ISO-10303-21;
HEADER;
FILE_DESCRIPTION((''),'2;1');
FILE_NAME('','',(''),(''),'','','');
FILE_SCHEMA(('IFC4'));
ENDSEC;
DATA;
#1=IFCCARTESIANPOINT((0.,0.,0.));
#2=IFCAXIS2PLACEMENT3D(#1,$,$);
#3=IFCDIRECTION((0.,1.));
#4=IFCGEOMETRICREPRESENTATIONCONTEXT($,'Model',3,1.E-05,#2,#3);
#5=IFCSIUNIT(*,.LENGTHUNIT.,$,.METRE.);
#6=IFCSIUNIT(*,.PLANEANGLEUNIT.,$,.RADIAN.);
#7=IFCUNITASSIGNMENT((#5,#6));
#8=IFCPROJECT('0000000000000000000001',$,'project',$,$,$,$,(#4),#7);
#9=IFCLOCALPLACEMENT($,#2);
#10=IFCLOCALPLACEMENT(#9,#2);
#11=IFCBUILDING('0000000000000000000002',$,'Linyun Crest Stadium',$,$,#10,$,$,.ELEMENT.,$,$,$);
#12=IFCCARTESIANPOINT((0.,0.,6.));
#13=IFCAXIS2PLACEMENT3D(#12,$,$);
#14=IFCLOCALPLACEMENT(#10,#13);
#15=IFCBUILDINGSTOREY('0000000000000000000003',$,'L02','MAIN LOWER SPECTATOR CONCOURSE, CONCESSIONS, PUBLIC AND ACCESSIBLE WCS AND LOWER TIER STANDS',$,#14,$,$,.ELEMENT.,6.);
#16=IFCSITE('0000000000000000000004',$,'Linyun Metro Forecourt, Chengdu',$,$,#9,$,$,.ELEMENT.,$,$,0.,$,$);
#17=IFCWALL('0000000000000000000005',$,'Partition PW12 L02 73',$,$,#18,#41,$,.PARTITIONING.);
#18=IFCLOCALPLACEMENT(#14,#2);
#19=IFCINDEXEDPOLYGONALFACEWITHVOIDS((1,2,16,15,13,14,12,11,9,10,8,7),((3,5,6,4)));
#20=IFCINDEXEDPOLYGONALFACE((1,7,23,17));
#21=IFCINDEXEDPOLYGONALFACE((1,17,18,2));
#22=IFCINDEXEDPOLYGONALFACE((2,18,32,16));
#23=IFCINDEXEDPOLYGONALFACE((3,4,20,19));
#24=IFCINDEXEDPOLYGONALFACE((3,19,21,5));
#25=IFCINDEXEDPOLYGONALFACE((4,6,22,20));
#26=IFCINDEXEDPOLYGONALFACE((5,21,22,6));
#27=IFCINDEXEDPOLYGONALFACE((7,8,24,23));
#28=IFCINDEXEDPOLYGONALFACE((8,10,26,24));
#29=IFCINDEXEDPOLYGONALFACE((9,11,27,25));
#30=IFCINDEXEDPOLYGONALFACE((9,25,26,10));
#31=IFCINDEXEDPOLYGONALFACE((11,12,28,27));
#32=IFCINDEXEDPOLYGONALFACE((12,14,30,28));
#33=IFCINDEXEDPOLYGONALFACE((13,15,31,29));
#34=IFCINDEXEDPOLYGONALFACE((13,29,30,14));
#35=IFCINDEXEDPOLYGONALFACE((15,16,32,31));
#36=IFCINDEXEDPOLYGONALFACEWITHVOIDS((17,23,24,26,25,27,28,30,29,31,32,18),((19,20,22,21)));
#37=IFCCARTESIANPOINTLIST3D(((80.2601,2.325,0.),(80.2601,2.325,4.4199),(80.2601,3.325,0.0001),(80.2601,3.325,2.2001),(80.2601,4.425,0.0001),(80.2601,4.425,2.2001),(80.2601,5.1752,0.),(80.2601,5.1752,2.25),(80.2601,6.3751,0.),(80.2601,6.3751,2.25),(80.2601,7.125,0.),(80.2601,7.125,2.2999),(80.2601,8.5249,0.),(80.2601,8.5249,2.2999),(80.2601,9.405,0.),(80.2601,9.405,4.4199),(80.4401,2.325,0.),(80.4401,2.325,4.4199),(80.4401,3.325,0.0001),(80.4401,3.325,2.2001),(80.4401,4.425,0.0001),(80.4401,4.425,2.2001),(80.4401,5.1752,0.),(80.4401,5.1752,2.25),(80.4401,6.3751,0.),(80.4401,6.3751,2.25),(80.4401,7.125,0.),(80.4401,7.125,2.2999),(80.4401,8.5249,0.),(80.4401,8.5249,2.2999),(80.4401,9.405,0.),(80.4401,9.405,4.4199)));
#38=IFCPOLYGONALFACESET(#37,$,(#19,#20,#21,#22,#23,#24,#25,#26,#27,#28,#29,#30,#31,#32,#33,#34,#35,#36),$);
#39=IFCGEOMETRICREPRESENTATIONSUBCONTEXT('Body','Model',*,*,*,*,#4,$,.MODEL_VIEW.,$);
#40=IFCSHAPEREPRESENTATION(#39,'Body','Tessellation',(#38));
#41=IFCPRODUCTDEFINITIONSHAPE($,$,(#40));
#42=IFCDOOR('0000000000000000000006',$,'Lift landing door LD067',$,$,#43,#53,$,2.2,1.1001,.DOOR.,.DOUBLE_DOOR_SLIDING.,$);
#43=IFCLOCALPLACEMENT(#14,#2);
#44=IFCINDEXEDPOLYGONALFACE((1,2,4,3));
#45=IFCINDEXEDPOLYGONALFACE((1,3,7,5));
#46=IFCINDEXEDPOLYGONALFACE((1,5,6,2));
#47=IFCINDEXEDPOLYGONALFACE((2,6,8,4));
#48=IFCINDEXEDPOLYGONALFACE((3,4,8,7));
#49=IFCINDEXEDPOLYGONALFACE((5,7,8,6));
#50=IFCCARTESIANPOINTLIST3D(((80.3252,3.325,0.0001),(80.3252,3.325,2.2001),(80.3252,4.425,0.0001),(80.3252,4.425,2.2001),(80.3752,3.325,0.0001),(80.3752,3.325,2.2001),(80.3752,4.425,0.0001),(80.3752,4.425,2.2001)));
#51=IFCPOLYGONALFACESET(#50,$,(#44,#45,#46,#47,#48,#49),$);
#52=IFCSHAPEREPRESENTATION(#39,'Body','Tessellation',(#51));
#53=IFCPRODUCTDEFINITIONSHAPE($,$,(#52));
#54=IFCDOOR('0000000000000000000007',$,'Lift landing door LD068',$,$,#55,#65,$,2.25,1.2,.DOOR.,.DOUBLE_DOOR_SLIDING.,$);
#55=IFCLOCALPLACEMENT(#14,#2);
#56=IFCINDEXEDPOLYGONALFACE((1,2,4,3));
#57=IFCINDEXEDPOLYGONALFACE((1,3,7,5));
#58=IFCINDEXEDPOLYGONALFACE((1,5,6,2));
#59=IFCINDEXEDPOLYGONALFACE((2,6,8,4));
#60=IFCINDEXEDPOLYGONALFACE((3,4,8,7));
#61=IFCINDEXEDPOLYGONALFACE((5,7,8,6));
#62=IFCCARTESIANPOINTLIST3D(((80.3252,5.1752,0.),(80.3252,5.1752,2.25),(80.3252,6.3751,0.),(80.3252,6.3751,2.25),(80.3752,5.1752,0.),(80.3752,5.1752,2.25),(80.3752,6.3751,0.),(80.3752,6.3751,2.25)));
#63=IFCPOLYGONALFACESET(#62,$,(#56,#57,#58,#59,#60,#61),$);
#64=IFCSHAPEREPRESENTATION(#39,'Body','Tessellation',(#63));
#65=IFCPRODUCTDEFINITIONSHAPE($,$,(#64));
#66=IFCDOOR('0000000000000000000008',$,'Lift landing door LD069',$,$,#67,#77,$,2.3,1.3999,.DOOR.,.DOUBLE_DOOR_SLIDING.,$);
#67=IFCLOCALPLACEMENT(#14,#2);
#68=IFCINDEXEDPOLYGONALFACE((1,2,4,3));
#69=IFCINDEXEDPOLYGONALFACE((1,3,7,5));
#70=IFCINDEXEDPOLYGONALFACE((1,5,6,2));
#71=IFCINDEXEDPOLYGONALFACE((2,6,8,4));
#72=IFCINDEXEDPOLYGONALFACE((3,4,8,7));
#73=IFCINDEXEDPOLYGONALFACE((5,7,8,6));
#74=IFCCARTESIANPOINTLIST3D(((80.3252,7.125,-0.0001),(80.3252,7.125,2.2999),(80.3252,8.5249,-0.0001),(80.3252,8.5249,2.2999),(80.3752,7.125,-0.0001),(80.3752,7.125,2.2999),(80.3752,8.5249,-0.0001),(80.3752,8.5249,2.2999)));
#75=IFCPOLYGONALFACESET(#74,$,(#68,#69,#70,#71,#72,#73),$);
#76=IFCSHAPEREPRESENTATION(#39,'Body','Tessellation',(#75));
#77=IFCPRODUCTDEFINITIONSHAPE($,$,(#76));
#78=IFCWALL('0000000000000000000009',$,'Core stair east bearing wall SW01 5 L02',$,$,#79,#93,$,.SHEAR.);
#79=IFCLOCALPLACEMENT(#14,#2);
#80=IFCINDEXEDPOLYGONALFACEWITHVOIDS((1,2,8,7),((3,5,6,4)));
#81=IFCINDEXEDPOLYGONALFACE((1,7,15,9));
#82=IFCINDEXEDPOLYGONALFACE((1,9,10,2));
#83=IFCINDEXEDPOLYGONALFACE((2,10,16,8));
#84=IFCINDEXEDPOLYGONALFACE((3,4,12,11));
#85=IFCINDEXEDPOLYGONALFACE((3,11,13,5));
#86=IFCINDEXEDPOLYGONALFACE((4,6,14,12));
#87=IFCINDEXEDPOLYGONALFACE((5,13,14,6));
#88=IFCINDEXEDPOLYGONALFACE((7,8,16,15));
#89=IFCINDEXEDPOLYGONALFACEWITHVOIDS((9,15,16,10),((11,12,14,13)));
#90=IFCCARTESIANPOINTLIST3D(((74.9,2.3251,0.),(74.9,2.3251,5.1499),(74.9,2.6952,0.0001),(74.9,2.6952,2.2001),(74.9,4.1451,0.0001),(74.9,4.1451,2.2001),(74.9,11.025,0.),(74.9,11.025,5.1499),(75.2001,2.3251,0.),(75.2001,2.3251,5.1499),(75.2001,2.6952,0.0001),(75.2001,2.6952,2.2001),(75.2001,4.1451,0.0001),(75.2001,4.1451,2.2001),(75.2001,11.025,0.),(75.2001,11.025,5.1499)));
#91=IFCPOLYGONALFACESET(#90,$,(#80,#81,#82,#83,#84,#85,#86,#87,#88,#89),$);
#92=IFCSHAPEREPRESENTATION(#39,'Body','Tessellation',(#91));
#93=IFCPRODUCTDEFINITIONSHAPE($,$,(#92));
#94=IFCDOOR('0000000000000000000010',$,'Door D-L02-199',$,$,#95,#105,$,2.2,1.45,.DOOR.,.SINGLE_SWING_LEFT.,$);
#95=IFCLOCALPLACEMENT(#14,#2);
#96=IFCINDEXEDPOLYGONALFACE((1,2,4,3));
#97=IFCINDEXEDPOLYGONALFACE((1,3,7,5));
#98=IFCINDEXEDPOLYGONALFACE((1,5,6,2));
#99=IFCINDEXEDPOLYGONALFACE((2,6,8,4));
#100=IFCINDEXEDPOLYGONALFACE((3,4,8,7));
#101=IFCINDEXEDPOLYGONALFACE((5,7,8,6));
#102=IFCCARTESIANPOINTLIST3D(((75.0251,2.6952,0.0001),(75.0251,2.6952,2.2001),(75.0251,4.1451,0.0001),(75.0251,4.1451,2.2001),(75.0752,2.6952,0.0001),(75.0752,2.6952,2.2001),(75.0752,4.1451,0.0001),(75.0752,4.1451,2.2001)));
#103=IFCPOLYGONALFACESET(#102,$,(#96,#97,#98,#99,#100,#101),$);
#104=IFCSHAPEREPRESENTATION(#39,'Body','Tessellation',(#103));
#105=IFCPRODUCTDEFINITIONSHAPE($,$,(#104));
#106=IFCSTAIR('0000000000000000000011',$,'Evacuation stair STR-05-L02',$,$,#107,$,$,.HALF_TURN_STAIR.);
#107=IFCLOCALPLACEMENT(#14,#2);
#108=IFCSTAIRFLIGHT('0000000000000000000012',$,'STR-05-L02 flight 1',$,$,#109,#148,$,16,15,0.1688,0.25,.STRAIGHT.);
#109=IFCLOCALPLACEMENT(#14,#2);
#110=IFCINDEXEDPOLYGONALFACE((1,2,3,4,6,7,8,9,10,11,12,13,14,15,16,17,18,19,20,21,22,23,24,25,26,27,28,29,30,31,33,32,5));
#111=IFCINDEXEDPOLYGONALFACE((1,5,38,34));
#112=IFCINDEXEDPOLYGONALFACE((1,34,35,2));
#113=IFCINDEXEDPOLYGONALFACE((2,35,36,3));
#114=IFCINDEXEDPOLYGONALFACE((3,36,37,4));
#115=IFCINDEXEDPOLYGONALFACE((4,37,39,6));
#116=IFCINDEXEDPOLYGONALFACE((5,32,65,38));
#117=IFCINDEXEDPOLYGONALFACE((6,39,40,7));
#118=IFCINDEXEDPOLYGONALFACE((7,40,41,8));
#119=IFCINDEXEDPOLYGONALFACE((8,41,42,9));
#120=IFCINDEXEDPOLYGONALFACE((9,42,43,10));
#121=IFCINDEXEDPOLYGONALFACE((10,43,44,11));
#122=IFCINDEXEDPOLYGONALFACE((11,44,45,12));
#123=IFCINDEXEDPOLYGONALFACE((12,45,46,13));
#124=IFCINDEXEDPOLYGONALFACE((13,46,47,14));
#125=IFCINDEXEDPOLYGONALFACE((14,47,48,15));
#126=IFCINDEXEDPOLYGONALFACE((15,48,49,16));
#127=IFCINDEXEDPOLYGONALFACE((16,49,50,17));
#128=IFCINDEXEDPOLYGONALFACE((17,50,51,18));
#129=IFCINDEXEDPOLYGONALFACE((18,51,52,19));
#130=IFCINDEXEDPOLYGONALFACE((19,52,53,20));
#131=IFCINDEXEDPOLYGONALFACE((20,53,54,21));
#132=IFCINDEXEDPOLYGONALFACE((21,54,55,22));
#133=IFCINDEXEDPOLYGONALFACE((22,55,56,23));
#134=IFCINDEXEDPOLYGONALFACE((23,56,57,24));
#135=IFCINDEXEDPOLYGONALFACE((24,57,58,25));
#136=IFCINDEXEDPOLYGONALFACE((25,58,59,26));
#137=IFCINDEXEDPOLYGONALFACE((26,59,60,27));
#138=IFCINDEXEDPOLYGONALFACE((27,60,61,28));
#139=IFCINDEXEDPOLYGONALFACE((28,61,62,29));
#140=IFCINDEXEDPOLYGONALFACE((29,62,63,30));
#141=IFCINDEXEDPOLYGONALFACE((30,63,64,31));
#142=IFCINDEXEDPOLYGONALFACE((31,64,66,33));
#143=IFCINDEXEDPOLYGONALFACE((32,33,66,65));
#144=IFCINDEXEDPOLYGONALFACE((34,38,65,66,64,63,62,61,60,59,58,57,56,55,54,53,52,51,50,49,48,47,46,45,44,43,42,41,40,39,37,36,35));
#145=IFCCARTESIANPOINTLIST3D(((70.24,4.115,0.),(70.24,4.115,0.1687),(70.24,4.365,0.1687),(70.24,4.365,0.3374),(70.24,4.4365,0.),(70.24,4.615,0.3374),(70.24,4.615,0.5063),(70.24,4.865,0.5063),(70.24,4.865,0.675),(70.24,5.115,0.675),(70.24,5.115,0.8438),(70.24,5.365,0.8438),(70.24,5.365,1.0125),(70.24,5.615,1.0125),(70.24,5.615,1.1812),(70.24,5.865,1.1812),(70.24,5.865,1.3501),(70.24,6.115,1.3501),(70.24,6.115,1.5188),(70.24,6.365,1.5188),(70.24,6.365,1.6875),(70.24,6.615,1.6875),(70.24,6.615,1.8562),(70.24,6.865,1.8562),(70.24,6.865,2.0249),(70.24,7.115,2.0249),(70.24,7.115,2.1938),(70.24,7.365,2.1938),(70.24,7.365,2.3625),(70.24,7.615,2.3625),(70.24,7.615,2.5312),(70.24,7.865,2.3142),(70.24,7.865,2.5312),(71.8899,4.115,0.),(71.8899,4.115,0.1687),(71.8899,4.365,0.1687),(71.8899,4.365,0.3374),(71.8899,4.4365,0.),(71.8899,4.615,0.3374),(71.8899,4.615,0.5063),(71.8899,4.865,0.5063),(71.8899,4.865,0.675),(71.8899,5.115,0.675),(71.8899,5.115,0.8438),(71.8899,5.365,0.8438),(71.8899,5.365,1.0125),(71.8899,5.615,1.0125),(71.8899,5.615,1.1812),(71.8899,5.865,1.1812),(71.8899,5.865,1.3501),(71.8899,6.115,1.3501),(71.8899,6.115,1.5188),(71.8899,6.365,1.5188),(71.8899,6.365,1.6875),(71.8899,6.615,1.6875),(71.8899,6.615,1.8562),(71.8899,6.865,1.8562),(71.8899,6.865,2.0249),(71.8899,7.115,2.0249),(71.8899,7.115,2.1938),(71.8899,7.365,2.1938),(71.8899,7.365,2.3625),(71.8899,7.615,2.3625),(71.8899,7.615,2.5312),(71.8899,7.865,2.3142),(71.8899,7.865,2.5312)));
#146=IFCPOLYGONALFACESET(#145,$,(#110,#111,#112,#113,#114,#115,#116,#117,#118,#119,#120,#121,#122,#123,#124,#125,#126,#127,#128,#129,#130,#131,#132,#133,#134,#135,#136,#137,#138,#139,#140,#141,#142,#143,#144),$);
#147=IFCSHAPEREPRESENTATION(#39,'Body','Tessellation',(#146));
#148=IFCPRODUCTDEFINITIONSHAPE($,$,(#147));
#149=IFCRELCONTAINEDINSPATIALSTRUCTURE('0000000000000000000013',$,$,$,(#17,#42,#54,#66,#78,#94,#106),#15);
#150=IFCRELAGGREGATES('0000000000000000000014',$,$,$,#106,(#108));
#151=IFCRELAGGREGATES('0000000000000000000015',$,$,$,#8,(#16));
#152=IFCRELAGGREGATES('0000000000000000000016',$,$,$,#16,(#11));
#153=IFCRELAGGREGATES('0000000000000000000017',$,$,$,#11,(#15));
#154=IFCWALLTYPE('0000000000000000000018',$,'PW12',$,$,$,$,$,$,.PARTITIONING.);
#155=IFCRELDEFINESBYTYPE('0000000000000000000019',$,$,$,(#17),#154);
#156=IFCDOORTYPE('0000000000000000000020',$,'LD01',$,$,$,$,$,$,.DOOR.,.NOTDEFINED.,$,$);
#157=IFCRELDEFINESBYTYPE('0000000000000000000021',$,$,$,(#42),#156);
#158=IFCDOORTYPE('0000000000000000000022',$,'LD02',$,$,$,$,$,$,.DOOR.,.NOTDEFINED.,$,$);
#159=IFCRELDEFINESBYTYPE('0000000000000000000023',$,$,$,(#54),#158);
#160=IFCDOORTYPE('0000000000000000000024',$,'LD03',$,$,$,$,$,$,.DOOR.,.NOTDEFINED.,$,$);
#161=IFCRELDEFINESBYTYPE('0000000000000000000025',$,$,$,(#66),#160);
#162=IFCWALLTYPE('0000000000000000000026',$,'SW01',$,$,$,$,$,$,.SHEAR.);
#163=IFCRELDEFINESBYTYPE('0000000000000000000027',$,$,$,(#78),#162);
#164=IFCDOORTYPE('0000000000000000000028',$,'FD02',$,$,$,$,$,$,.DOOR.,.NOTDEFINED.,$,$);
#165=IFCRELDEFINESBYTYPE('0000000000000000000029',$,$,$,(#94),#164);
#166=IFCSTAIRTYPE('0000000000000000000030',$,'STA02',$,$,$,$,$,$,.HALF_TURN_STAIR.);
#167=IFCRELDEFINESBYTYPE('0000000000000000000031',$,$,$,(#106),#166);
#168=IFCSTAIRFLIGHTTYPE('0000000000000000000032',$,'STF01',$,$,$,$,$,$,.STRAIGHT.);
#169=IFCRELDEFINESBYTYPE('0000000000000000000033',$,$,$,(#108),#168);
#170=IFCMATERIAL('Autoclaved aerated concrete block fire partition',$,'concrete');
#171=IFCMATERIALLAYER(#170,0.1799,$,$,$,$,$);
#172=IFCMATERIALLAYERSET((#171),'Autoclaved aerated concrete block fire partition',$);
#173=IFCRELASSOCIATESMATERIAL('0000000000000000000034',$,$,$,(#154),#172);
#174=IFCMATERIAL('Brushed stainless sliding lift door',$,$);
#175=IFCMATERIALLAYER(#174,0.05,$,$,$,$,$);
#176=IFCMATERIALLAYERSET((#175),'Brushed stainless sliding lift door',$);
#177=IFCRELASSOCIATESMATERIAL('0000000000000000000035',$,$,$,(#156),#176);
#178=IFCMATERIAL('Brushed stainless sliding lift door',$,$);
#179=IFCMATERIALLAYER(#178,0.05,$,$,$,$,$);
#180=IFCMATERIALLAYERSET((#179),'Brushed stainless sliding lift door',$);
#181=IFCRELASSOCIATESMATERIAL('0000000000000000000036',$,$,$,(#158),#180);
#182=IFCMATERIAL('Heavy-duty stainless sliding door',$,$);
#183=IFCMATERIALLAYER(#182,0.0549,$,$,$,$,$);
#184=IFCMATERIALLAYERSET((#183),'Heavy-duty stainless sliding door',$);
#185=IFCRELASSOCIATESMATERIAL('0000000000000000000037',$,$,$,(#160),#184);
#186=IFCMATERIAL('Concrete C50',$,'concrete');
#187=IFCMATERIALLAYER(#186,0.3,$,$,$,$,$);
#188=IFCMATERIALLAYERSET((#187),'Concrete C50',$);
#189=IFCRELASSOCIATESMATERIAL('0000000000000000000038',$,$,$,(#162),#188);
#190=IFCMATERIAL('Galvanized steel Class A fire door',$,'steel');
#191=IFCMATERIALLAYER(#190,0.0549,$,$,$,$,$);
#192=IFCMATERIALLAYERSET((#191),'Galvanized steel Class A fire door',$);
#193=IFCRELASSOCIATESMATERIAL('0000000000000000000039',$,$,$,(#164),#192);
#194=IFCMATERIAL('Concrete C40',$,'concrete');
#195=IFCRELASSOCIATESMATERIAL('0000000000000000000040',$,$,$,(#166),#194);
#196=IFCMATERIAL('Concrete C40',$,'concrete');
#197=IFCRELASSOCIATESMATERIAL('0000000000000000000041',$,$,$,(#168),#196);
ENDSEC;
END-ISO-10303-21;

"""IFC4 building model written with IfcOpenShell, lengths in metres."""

from ifc_helpers import new_model, si_unit, direction, frame, frame_2d, origin, place, context, subcontext, project, spatial, polyline, rectangle, outline, extrude, material, layer, layer_set, type_object, element, fill, aggregate, save


model = new_model("IFC4")

# Units and contexts
model_context = context("Model", 3, precision=1e-05, world=origin(), true_north=direction((0.0, 1.0)))
body_context = subcontext(model_context, "Body", "Model", "MODEL_VIEW")
ifc_project = project(units=[si_unit("LENGTHUNIT", "METRE"), si_unit("PLANEANGLEUNIT", "RADIAN")], contexts=[model_context])

# Site, building, storey
site_placement = place(None, origin())
site = spatial("IfcSite", under=ifc_project, at=site_placement, Name="Linyun Metro Forecourt, Chengdu", CompositionType="ELEMENT", RefElevation=0.0)
building_placement = place(site_placement, origin())
building = spatial("IfcBuilding", under=site, at=building_placement, Name="Linyun Crest Stadium", CompositionType="ELEMENT")
storey_placement = place(building_placement, frame((0.0, 0.0, 6.0)))
storey = spatial("IfcBuildingStorey", under=building, at=storey_placement, Name="L02", Description="MAIN LOWER SPECTATOR CONCOURSE, CONCESSIONS, PUBLIC AND ACCESSIBLE WCS AND LOWER TIER STANDS", CompositionType="ELEMENT", Elevation=6.0)

# Wall, openings, doors
ifc_material_1 = material(Name="Autoclaved aerated concrete block fire partition", Category="concrete")
ifc_layer_1 = layer(ifc_material_1, 0.1799)
ifc_layer_set_1 = layer_set([ifc_layer_1], Name="Autoclaved aerated concrete block fire partition")
wall_type_1 = type_object("IfcWallType", Name="PW12", PredefinedType="PARTITIONING", material=ifc_layer_set_1)
wall_1_placement = place(storey_placement, frame((80.3501, 2.325, 0.0), z_axis=(0.0, 0.0, 1.0), x_axis=(0.0, 1.0, 0.0)))
wall_1 = element("IfcWall", 1, at=wall_1_placement, inside=storey, type_object=wall_type_1, Name="Partition PW12 L02 73", PredefinedType="PARTITIONING", context=body_context, shape_type="SweptSolid", body=[
    extrude(rectangle(XDim=7.0801, YDim=0.1799, at=frame_2d((3.54, 0.0))), origin(), (0.0, 0.0, 1.0), 4.4199),
])
opening_1_placement = place(wall_1_placement, frame((1.0, 0.0, 0.0)))
opening_1 = element("IfcOpeningElement", 2, at=opening_1_placement, cuts=wall_1, PredefinedType="OPENING", context=body_context, shape_type="SweptSolid", body=[
    extrude(rectangle(XDim=1.1001, YDim=2.2, at=frame_2d((0.55, 1.1001))), frame((0.0, 0.0999, 0.0), z_axis=(0.0, -1.0, 0.0), x_axis=(1.0, 0.0, 0.0)), (0.0, 0.0, 1.0), 0.2),
])
opening_2_placement = place(wall_1_placement, frame((2.8501, 0.0, 0.0)))
opening_2 = element("IfcOpeningElement", 3, at=opening_2_placement, cuts=wall_1, PredefinedType="OPENING", context=body_context, shape_type="SweptSolid", body=[
    extrude(rectangle(XDim=1.2, YDim=2.25, at=frame_2d((0.6001, 1.125))), frame((0.0, 0.0999, 0.0), z_axis=(0.0, -1.0, 0.0), x_axis=(1.0, 0.0, 0.0)), (0.0, 0.0, 1.0), 0.2),
])
opening_3_placement = place(wall_1_placement, frame((4.8, 0.0, 0.0)))
opening_3 = element("IfcOpeningElement", 4, at=opening_3_placement, cuts=wall_1, PredefinedType="OPENING", context=body_context, shape_type="SweptSolid", body=[
    extrude(rectangle(XDim=1.3999, YDim=2.3, at=frame_2d((0.7, 1.1499))), frame((0.0, 0.0999, 0.0), z_axis=(0.0, -1.0, 0.0), x_axis=(1.0, 0.0, 0.0)), (0.0, 0.0, 1.0), 0.2),
])
ifc_material_2 = material(Name="Brushed stainless sliding lift door")
ifc_layer_2 = layer(ifc_material_2, 0.05)
ifc_layer_set_2 = layer_set([ifc_layer_2], Name="Brushed stainless sliding lift door")
door_type_1 = type_object("IfcDoorType", Name="LD01", OperationType="NOTDEFINED", PredefinedType="DOOR", material=ifc_layer_set_2)
door_1_placement = place(opening_1_placement, origin())
door_1 = element("IfcDoor", 5, at=door_1_placement, inside=storey, type_object=door_type_1, Name="Lift landing door LD067", OperationType="DOUBLE_DOOR_SLIDING", OverallHeight=2.2, OverallWidth=1.1001, PredefinedType="DOOR", context=body_context, shape_type="SweptSolid", body=[
    extrude(rectangle(XDim=1.1001, YDim=2.2, at=frame_2d((0.55, 1.1001))), frame((0.0, 0.0249, 0.0), z_axis=(0.0, -1.0, 0.0), x_axis=(1.0, 0.0, 0.0)), (0.0, 0.0, 1.0), 0.05),
])
fill(opening_1, door_1)
ifc_material_3 = material(Name="Brushed stainless sliding lift door")
ifc_layer_3 = layer(ifc_material_3, 0.05)
ifc_layer_set_3 = layer_set([ifc_layer_3], Name="Brushed stainless sliding lift door")
door_type_2 = type_object("IfcDoorType", Name="LD02", OperationType="NOTDEFINED", PredefinedType="DOOR", material=ifc_layer_set_3)
door_2_placement = place(opening_2_placement, origin())
door_2 = element("IfcDoor", 6, at=door_2_placement, inside=storey, type_object=door_type_2, Name="Lift landing door LD068", OperationType="DOUBLE_DOOR_SLIDING", OverallHeight=2.25, OverallWidth=1.2, PredefinedType="DOOR", context=body_context, shape_type="SweptSolid", body=[
    extrude(rectangle(XDim=1.2, YDim=2.25, at=frame_2d((0.6001, 1.125))), frame((0.0, 0.0249, 0.0), z_axis=(0.0, -1.0, 0.0), x_axis=(1.0, 0.0, 0.0)), (0.0, 0.0, 1.0), 0.05),
])
fill(opening_2, door_2)
ifc_material_4 = material(Name="Heavy-duty stainless sliding door")
ifc_layer_4 = layer(ifc_material_4, 0.0549)
ifc_layer_set_4 = layer_set([ifc_layer_4], Name="Heavy-duty stainless sliding door")
door_type_3 = type_object("IfcDoorType", Name="LD03", OperationType="NOTDEFINED", PredefinedType="DOOR", material=ifc_layer_set_4)
door_3_placement = place(opening_3_placement, origin())
door_3 = element("IfcDoor", 7, at=door_3_placement, inside=storey, type_object=door_type_3, Name="Lift landing door LD069", OperationType="DOUBLE_DOOR_SLIDING", OverallHeight=2.3, OverallWidth=1.3999, PredefinedType="DOOR", context=body_context, shape_type="SweptSolid", body=[
    extrude(rectangle(XDim=1.3999, YDim=2.3, at=frame_2d((0.7, 1.1499))), frame((0.0, 0.0249, 0.0), z_axis=(0.0, -1.0, 0.0), x_axis=(1.0, 0.0, 0.0)), (0.0, 0.0, 1.0), 0.05),
])
fill(opening_3, door_3)

# Wall, opening, door
ifc_material_5 = material(Name="Concrete C50", Category="concrete")
ifc_layer_5 = layer(ifc_material_5, 0.3)
ifc_layer_set_5 = layer_set([ifc_layer_5], Name="Concrete C50")
wall_type_2 = type_object("IfcWallType", Name="SW01", PredefinedType="SHEAR", material=ifc_layer_set_5)
wall_2_placement = place(storey_placement, frame((75.05, 2.325, 0.0), z_axis=(0.0, 0.0, 1.0), x_axis=(0.0, 1.0, 0.0)))
wall_2 = element("IfcWall", 8, at=wall_2_placement, inside=storey, type_object=wall_type_2, Name="Core stair east bearing wall SW01 5 L02", PredefinedType="SHEAR", context=body_context, shape_type="SweptSolid", body=[
    extrude(rectangle(XDim=8.7, YDim=0.3, at=frame_2d((4.3501, 0.0))), origin(), (0.0, 0.0, 1.0), 5.1499),
])
opening_4_placement = place(wall_2_placement, frame((0.3701, 0.0, 0.0)))
opening_4 = element("IfcOpeningElement", 9, at=opening_4_placement, cuts=wall_2, PredefinedType="OPENING", context=body_context, shape_type="SweptSolid", body=[
    extrude(rectangle(XDim=1.45, YDim=2.2, at=frame_2d((0.7251, 1.1001))), frame((0.0, 0.1599, 0.0), z_axis=(0.0, -1.0, 0.0), x_axis=(1.0, 0.0, 0.0)), (0.0, 0.0, 1.0), 0.3201),
])
ifc_material_6 = material(Name="Galvanized steel Class A fire door", Category="steel")
ifc_layer_6 = layer(ifc_material_6, 0.0549)
ifc_layer_set_6 = layer_set([ifc_layer_6], Name="Galvanized steel Class A fire door")
door_type_4 = type_object("IfcDoorType", Name="FD02", OperationType="NOTDEFINED", PredefinedType="DOOR", material=ifc_layer_set_6)
door_4_placement = place(opening_4_placement, origin())
door_4 = element("IfcDoor", 10, at=door_4_placement, inside=storey, type_object=door_type_4, Name="Door D-L02-199", OperationType="SINGLE_SWING_LEFT", OverallHeight=2.2, OverallWidth=1.45, PredefinedType="DOOR", context=body_context, shape_type="SweptSolid", body=[
    extrude(rectangle(XDim=1.45, YDim=2.2, at=frame_2d((0.7251, 1.1001))), frame((0.0, 0.0249, 0.0), z_axis=(0.0, -1.0, 0.0), x_axis=(1.0, 0.0, 0.0)), (0.0, 0.0, 1.0), 0.05),
])
fill(opening_4, door_4)

# Stair, stair flight
ifc_material_7 = material(Name="Concrete C40", Category="concrete")
stair_type = type_object("IfcStairType", Name="STA02", PredefinedType="HALF_TURN_STAIR", material=ifc_material_7)
stair_placement = place(storey_placement, origin())
stair = element("IfcStair", 11, at=stair_placement, inside=storey, type_object=stair_type, Name="Evacuation stair STR-05-L02", PredefinedType="HALF_TURN_STAIR")
ifc_material_8 = material(Name="Concrete C40", Category="concrete")
stair_flight_type = type_object("IfcStairFlightType", Name="STF01", PredefinedType="STRAIGHT", material=ifc_material_8)
stair_flight_placement = place(storey_placement, frame((71.0649, 4.115, 0.0), z_axis=(0.0, 0.0, 1.0), x_axis=(0.0, 1.0, 0.0)))
stair_flight = element("IfcStairFlight", 12, at=stair_flight_placement, type_object=stair_flight_type, Name="STR-05-L02 flight 1", NumberOfRisers=16, NumberOfTreads=15, PredefinedType="STRAIGHT", RiserHeight=0.1688, TreadLength=0.25, context=body_context, shape_type="SweptSolid", body=[
    extrude(outline(polyline([(0.0, 0.0), (0.0, 0.1687), (0.25, 0.1687), (0.25, 0.3374), (0.5, 0.3374), (0.5, 0.5063), (0.75, 0.5063), (0.75, 0.675), (1.0, 0.675), (1.0, 0.8438), (1.25, 0.8438), (1.25, 1.0125), (1.5, 1.0125), (1.5, 1.1812), (1.75, 1.1812), (1.75, 1.3501), (2.0, 1.3501), (2.0, 1.5188), (2.25, 1.5188), (2.25, 1.6875), (2.5, 1.6875), (2.5, 1.8562), (2.75, 1.8562), (2.75, 2.0249), (3.0, 2.0249), (3.0, 2.1938), (3.25, 2.1938), (3.25, 2.3625), (3.5, 2.3625), (3.5, 2.5312), (3.75, 2.5312), (3.75, 2.7), (3.75, 2.3142), (0.3215, 0.0), (0.0, 0.0)])), frame((0.0, 0.825, 0.0), z_axis=(0.0, -1.0, 0.0), x_axis=(1.0, 0.0, 0.0)), (0.0, 0.0, 1.0), 1.6499),
])
aggregate(stair, [stair_flight])

save(model, "model.ifc")
